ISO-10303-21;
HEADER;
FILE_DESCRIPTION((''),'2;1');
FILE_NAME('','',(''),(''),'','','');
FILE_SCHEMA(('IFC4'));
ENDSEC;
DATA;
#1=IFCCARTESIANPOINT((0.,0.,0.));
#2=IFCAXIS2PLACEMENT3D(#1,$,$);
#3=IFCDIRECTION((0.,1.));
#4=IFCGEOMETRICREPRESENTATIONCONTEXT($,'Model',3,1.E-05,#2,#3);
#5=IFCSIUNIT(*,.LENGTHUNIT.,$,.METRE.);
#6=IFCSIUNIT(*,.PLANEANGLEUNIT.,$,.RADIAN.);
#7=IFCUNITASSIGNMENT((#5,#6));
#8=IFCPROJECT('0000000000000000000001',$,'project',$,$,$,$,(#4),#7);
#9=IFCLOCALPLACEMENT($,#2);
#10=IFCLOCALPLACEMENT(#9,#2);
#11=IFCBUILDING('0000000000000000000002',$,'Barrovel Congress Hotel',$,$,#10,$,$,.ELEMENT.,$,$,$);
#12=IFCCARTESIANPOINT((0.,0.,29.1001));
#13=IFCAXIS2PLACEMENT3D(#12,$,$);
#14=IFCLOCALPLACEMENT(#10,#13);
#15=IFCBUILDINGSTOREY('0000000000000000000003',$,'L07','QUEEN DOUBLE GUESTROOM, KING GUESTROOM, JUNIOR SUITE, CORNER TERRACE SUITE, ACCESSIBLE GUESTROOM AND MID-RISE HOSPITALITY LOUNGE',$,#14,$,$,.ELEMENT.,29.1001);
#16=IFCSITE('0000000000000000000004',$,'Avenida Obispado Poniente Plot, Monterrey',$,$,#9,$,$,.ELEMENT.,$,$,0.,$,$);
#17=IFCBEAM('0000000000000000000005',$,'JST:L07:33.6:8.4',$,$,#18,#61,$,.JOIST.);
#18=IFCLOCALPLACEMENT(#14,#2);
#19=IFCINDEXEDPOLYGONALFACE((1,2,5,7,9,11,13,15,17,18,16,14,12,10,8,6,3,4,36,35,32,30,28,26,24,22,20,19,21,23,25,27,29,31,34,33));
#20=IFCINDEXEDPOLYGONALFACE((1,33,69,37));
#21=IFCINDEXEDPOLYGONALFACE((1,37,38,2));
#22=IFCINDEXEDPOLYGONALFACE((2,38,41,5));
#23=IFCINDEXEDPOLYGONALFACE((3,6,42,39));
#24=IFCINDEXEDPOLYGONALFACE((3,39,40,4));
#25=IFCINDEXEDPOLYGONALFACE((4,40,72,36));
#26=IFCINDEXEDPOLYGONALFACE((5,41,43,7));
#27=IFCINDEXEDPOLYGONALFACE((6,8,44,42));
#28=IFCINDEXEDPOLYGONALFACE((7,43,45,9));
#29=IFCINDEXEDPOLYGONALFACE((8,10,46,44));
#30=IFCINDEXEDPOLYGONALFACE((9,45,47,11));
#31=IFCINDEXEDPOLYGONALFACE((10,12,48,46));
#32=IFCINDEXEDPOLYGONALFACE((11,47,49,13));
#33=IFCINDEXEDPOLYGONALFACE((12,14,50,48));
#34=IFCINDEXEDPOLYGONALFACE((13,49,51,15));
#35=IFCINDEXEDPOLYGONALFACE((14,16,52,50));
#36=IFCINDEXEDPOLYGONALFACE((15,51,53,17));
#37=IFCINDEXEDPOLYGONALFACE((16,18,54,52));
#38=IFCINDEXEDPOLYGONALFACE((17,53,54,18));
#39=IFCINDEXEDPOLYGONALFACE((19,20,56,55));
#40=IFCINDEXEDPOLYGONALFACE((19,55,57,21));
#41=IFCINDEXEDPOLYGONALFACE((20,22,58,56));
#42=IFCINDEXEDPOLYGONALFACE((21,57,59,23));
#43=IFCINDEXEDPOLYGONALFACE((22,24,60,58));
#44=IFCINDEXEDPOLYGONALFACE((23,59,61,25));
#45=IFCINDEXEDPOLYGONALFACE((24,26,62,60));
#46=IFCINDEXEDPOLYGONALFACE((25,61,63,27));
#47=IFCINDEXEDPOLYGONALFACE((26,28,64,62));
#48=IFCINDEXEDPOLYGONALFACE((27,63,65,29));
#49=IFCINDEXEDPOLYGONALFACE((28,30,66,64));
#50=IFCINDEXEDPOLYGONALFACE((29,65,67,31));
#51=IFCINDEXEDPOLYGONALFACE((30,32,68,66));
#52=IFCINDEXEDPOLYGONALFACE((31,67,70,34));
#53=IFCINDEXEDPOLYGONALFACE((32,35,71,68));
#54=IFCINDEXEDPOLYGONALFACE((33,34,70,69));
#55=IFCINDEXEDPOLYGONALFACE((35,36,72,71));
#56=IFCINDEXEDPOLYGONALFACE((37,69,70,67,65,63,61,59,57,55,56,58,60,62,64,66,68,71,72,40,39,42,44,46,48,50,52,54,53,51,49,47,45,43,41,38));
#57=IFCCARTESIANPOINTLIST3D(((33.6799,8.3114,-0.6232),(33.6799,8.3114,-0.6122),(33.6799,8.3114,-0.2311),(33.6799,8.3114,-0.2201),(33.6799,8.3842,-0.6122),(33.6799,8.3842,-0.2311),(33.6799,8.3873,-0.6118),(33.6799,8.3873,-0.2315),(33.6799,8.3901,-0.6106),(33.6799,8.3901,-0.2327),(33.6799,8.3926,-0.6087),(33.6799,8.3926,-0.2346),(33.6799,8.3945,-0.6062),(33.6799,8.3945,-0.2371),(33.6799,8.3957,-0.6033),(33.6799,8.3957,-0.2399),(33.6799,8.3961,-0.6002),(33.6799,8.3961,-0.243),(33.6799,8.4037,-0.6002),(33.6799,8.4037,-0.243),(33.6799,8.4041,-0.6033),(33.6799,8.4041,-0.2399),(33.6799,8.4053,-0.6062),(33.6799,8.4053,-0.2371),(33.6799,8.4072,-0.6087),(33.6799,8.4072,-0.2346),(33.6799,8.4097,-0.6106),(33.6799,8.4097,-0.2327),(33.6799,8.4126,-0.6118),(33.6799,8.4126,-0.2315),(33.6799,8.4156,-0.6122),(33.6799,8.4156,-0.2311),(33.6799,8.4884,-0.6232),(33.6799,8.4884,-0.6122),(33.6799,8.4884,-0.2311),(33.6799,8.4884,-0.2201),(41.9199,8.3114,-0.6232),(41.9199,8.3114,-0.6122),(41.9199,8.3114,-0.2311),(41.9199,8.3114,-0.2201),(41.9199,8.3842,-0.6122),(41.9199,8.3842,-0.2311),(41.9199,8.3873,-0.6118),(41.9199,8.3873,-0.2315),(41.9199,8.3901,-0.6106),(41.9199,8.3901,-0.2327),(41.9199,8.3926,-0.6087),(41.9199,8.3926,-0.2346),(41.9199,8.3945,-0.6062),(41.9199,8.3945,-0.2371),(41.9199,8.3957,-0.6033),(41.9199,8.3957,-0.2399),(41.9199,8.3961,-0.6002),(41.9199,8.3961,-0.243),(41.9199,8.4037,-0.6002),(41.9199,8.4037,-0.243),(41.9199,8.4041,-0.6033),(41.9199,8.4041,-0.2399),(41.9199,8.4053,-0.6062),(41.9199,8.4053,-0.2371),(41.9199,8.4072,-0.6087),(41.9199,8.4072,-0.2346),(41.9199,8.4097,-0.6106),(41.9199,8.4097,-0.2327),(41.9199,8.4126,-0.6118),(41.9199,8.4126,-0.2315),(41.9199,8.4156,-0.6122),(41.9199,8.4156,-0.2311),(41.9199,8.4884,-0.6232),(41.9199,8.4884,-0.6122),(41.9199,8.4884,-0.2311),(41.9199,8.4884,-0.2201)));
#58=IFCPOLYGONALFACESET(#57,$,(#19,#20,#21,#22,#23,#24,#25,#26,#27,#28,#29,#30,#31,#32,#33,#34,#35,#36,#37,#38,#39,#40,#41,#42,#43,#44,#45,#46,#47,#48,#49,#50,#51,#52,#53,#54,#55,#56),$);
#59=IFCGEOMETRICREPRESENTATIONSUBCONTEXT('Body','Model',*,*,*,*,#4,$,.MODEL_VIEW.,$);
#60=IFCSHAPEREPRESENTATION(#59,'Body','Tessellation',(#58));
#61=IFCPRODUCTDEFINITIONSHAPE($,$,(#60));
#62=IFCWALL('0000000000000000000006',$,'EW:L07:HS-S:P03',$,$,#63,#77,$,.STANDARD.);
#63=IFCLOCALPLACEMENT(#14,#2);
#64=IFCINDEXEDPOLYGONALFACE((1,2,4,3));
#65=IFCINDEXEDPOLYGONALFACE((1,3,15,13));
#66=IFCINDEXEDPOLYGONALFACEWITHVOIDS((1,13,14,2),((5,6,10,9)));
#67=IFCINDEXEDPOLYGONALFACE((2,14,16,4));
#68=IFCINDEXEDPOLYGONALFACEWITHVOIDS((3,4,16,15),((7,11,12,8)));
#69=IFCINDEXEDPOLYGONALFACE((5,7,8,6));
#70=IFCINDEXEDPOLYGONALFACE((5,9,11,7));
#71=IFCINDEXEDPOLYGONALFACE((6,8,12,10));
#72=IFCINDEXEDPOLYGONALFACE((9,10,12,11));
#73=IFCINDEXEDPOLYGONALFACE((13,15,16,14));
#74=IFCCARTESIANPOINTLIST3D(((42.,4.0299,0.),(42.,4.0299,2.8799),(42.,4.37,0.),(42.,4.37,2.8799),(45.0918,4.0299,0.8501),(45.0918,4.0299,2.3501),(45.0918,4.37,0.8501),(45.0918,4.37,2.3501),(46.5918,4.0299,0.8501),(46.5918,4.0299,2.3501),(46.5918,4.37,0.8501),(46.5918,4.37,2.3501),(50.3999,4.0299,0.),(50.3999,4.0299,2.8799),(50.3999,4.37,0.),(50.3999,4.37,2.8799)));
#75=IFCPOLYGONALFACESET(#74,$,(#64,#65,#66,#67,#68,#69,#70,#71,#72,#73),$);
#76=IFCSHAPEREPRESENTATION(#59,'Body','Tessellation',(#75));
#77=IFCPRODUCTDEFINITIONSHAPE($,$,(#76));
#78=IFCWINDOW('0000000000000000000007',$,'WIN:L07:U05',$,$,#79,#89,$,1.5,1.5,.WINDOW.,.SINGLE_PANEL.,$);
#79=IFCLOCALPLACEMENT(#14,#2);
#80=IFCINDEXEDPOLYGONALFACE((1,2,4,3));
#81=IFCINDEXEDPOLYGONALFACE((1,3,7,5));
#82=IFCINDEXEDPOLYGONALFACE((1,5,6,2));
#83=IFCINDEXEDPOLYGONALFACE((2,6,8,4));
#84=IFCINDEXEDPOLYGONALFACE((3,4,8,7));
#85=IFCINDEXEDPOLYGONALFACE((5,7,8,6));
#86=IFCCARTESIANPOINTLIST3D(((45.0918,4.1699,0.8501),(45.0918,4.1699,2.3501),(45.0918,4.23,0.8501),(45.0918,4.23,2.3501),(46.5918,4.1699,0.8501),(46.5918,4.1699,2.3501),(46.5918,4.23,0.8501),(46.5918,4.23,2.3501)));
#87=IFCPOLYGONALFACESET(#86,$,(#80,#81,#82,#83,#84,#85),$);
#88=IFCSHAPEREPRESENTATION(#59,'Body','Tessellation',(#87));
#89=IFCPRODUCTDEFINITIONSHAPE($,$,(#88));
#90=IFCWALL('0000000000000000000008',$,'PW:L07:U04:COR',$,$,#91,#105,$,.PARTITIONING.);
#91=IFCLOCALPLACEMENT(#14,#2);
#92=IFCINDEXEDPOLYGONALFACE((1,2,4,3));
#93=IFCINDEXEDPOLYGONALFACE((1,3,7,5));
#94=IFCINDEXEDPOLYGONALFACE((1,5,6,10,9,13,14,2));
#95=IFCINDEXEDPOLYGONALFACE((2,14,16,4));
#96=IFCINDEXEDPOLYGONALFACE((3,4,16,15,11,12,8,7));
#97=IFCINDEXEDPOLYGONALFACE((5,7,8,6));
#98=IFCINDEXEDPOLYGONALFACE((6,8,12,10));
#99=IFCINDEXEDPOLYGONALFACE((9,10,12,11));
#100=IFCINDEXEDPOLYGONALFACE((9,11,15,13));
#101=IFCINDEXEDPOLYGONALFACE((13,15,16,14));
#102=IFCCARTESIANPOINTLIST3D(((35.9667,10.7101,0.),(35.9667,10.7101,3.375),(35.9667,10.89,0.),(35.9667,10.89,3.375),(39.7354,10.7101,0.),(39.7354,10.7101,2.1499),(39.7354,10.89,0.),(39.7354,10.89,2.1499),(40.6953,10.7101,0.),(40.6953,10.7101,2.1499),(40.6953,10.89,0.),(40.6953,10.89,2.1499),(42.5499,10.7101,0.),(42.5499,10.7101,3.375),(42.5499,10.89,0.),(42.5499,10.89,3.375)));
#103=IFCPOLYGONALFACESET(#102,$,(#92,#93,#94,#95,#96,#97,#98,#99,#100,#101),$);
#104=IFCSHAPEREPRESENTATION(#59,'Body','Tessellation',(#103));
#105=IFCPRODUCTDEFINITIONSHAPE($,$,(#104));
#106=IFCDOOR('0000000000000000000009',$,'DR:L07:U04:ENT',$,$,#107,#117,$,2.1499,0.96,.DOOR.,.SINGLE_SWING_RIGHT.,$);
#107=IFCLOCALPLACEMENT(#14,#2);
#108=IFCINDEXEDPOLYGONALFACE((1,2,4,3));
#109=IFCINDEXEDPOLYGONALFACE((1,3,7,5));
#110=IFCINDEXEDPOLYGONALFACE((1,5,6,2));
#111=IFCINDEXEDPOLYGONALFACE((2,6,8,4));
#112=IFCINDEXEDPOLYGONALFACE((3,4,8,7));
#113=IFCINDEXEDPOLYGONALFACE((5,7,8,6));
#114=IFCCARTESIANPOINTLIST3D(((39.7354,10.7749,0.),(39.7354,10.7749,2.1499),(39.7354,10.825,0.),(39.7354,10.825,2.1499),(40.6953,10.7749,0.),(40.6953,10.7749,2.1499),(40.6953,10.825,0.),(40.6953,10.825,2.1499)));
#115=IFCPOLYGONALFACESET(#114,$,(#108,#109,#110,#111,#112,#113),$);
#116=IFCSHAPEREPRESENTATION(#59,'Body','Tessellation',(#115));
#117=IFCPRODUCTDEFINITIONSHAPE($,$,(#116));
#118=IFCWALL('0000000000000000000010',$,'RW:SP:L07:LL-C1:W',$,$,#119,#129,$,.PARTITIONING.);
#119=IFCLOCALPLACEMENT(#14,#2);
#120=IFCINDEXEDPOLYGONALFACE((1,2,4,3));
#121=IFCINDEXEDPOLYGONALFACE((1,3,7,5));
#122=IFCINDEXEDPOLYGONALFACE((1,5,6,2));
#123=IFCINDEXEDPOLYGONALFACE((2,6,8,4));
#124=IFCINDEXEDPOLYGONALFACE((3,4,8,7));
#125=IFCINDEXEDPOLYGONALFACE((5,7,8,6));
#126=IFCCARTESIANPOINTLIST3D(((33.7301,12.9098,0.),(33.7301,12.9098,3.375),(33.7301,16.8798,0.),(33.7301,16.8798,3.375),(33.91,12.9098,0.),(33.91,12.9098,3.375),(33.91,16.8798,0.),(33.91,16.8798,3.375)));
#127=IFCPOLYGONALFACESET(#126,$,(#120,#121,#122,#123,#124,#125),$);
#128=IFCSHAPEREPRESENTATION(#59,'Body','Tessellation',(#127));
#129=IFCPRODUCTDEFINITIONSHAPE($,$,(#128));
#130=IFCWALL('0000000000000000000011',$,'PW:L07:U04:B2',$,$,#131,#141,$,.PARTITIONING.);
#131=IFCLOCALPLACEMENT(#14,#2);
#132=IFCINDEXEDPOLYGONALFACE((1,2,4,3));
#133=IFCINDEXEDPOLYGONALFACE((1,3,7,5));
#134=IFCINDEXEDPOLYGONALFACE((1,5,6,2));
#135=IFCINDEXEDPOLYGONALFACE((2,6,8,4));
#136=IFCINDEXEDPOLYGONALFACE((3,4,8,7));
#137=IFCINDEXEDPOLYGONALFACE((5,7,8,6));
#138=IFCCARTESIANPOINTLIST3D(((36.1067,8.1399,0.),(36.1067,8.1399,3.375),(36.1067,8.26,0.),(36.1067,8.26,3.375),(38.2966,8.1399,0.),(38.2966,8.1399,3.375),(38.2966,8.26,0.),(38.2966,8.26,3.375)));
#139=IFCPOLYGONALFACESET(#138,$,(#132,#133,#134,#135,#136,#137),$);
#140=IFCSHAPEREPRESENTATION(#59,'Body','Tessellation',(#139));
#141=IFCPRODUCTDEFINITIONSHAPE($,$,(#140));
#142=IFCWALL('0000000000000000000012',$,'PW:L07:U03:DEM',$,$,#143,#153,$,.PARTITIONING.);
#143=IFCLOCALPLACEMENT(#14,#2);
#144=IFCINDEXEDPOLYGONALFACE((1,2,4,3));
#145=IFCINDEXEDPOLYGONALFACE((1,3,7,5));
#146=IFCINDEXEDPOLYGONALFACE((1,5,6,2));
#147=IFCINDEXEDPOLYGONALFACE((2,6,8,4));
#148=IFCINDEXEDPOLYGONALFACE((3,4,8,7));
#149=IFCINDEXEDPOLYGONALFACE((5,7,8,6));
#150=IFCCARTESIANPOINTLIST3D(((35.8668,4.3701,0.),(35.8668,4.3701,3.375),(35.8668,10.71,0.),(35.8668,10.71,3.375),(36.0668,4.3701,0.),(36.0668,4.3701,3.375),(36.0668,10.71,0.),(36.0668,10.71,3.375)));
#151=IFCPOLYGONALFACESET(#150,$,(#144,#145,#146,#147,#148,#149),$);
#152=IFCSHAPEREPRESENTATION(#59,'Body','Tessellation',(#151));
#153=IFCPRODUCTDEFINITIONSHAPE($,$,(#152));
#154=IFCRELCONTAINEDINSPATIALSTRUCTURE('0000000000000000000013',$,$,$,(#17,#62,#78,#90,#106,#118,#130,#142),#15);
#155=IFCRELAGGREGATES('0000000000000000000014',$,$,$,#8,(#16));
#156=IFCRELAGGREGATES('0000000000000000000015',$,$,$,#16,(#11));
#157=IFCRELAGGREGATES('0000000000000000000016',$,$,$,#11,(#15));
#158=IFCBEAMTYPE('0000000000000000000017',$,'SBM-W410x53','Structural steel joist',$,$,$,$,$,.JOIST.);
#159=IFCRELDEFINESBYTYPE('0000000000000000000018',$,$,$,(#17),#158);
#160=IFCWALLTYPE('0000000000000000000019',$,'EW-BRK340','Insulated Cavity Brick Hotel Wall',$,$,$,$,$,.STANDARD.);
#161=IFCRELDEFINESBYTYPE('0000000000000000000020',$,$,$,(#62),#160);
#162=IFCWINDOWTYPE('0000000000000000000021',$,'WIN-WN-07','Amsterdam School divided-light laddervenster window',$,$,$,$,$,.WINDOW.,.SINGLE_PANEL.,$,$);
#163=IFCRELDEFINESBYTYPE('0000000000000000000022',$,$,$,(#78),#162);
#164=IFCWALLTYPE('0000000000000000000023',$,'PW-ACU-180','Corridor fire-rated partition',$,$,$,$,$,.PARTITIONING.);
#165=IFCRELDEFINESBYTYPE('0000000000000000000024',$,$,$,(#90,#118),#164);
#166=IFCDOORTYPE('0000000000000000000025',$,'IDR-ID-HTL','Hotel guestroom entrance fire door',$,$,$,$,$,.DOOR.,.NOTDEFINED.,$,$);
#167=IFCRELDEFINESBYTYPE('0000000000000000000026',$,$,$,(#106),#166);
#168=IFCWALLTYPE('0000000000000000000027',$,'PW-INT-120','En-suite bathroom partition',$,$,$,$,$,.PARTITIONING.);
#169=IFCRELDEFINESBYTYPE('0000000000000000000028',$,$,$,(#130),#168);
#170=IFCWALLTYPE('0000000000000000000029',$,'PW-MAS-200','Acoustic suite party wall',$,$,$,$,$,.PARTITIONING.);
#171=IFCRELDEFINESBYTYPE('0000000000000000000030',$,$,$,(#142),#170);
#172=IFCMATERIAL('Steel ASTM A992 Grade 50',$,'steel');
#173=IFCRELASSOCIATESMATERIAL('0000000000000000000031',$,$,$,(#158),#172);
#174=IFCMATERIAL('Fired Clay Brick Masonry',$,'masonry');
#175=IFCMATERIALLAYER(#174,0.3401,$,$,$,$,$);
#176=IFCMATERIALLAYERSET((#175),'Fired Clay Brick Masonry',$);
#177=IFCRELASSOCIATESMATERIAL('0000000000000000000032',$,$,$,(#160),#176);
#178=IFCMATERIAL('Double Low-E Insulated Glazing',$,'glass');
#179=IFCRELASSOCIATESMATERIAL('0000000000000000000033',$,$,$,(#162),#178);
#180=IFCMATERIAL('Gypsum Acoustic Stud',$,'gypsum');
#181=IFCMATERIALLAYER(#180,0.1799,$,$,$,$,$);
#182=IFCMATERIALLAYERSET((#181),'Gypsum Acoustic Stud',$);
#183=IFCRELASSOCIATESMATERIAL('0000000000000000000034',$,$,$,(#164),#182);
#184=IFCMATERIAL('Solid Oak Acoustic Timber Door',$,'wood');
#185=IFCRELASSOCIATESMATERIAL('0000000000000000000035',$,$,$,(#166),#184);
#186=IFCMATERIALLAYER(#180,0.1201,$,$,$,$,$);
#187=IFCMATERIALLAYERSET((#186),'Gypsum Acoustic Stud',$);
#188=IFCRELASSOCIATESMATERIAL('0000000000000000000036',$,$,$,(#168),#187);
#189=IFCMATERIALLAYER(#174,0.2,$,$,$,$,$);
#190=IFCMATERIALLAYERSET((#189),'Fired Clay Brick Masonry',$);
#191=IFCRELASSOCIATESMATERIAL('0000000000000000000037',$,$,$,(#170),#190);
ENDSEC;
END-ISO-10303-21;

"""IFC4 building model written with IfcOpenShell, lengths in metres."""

from ifc_helpers import new_model, si_unit, direction, frame, frame_2d, origin, origin_2d, place, context, subcontext, project, spatial, rectangle, i_section, extrude, material, layer, layer_set, material_profile, profile_set, type_object, element, fill, save


model = new_model("IFC4")

# Units and contexts
model_context = context("Model", 3, precision=1e-05, world=origin(), true_north=direction((0.0, 1.0)))
body_context = subcontext(model_context, "Body", "Model", "MODEL_VIEW")
ifc_project = project(units=[si_unit("LENGTHUNIT", "METRE"), si_unit("PLANEANGLEUNIT", "RADIAN")], contexts=[model_context])

# Site, building, storey
site_placement = place(None, origin())
site = spatial("IfcSite", under=ifc_project, at=site_placement, Name="Avenida Obispado Poniente Plot, Monterrey", CompositionType="ELEMENT", RefElevation=0.0)
building_placement = place(site_placement, origin())
building = spatial("IfcBuilding", under=site, at=building_placement, Name="Barrovel Congress Hotel", CompositionType="ELEMENT")
storey_placement = place(building_placement, frame((0.0, 0.0, 29.1001)))
storey = spatial("IfcBuildingStorey", under=building, at=storey_placement, Name="L07", Description="QUEEN DOUBLE GUESTROOM, KING GUESTROOM, JUNIOR SUITE, CORNER TERRACE SUITE, ACCESSIBLE GUESTROOM AND MID-RISE HOSPITALITY LOUNGE", CompositionType="ELEMENT", Elevation=29.1001)

# Beam
ifc_material_1 = material(Name="Steel ASTM A992 Grade 50", Category="steel")
ifc_material_profile_1 = material_profile(ifc_material_1, i_section(OverallWidth=0.177, OverallDepth=0.4031, WebThickness=0.0076, FlangeThickness=0.011, FilletRadius=0.012, at=origin_2d()), Name="W410x53")
ifc_profile_set_1 = profile_set([ifc_material_profile_1], Name="Steel ASTM A992 Grade 50")
beam_type_1 = type_object("IfcBeamType", Name="SBM-W410x53", Description="Structural steel joist", PredefinedType="JOIST", material=ifc_profile_set_1)
beam_1_placement = place(storey_placement, frame((33.6799, 8.3999, -0.4216), z_axis=(1.0, 0.0, 0.0), x_axis=(0.0, 1.0, 0.0)))
element("IfcBeam", 1, at=beam_1_placement, inside=storey, type_object=beam_type_1, Name="JST:L07:33.6:8.4", PredefinedType="JOIST", context=body_context, shape_type="SweptSolid", body=[
    extrude(i_section(OverallWidth=0.177, OverallDepth=0.4031, WebThickness=0.0076, FlangeThickness=0.011, FilletRadius=0.012, at=origin_2d()), origin(), (0.0, 0.0, 1.0), 8.24),
])

# Wall, opening, window
ifc_material_2 = material(Name="Fired Clay Brick Masonry", Category="masonry")
ifc_layer_1 = layer(ifc_material_2, 0.3401)
ifc_layer_set_1 = layer_set([ifc_layer_1], Name="Fired Clay Brick Masonry")
wall_type_1 = type_object("IfcWallType", Name="EW-BRK340", Description="Insulated Cavity Brick Hotel Wall", PredefinedType="STANDARD", material=ifc_layer_set_1)
wall_1_placement = place(storey_placement, frame((42.0, 4.2, 0.0), z_axis=(0.0, 0.0, 1.0), x_axis=(1.0, 0.0, 0.0)))
wall_1 = element("IfcWall", 2, at=wall_1_placement, inside=storey, type_object=wall_type_1, Name="EW:L07:HS-S:P03", PredefinedType="STANDARD", context=body_context, shape_type="SweptSolid", body=[
    extrude(rectangle(XDim=8.3999, YDim=0.3401, at=frame_2d((4.2, 0.0))), origin(), (0.0, 0.0, 1.0), 2.8799),
])
opening_1_placement = place(wall_1_placement, frame((3.0918, 0.0, 0.8501)))
opening_1 = element("IfcOpeningElement", 3, at=opening_1_placement, cuts=wall_1, PredefinedType="OPENING", context=body_context, shape_type="SweptSolid", body=[
    extrude(rectangle(XDim=1.5, YDim=1.5, at=frame_2d((0.75, 0.75))), frame((0.0, 0.1802, 0.0), z_axis=(0.0, -1.0, 0.0), x_axis=(1.0, 0.0, 0.0)), (0.0, 0.0, 1.0), 0.3601),
])
ifc_material_3 = material(Name="Double Low-E Insulated Glazing", Category="glass")
window_type = type_object("IfcWindowType", Name="WIN-WN-07", Description="Amsterdam School divided-light laddervenster window", PartitioningType="SINGLE_PANEL", PredefinedType="WINDOW", material=ifc_material_3)
window_placement = place(opening_1_placement, origin())
window = element("IfcWindow", 4, at=window_placement, inside=storey, type_object=window_type, Name="WIN:L07:U05", OverallHeight=1.5, OverallWidth=1.5, PartitioningType="SINGLE_PANEL", PredefinedType="WINDOW", context=body_context, shape_type="SweptSolid", body=[
    extrude(rectangle(XDim=1.5, YDim=1.5, at=frame_2d((0.75, 0.75))), frame((0.0, 0.03, 0.0), z_axis=(0.0, -1.0, 0.0), x_axis=(1.0, 0.0, 0.0)), (0.0, 0.0, 1.0), 0.0601),
])
fill(opening_1, window)

# Wall, opening, door
ifc_material_4 = material(Name="Gypsum Acoustic Stud", Category="gypsum")
ifc_layer_2 = layer(ifc_material_4, 0.1799)
ifc_layer_set_2 = layer_set([ifc_layer_2], Name="Gypsum Acoustic Stud")
wall_type_2 = type_object("IfcWallType", Name="PW-ACU-180", Description="Corridor fire-rated partition", PredefinedType="PARTITIONING", material=ifc_layer_set_2)
wall_2_placement = place(storey_placement, frame((35.9668, 10.8, 0.0), z_axis=(0.0, 0.0, 1.0), x_axis=(1.0, 0.0, 0.0)))
wall_2 = element("IfcWall", 5, at=wall_2_placement, inside=storey, type_object=wall_type_2, Name="PW:L07:U04:COR", PredefinedType="PARTITIONING", context=body_context, shape_type="SweptSolid", body=[
    extrude(rectangle(XDim=6.5833, YDim=0.1799, at=frame_2d((3.2915, 0.0))), origin(), (0.0, 0.0, 1.0), 3.375),
])
opening_2_placement = place(wall_2_placement, frame((3.7686, 0.0, 0.0)))
opening_2 = element("IfcOpeningElement", 6, at=opening_2_placement, cuts=wall_2, PredefinedType="OPENING", context=body_context, shape_type="SweptSolid", body=[
    extrude(rectangle(XDim=0.96, YDim=2.1499, at=frame_2d((0.48, 1.075))), frame((0.0, 0.1001, 0.0), z_axis=(0.0, -1.0, 0.0), x_axis=(1.0, 0.0, 0.0)), (0.0, 0.0, 1.0), 0.2),
])
ifc_material_5 = material(Name="Solid Oak Acoustic Timber Door", Category="wood")
door_type_1 = type_object("IfcDoorType", Name="IDR-ID-HTL", Description="Hotel guestroom entrance fire door", OperationType="NOTDEFINED", PredefinedType="DOOR", material=ifc_material_5)
door_1_placement = place(opening_2_placement, origin())
door_1 = element("IfcDoor", 7, at=door_1_placement, inside=storey, type_object=door_type_1, Name="DR:L07:U04:ENT", OperationType="SINGLE_SWING_RIGHT", OverallHeight=2.1499, OverallWidth=0.96, PredefinedType="DOOR", context=body_context, shape_type="SweptSolid", body=[
    extrude(rectangle(XDim=0.96, YDim=2.1499, at=frame_2d((0.48, 1.075))), frame((0.0, 0.0249, 0.0), z_axis=(0.0, -1.0, 0.0), x_axis=(1.0, 0.0, 0.0)), (0.0, 0.0, 1.0), 0.05),
])
fill(opening_2, door_1)

# Wall
wall_3_placement = place(storey_placement, frame((33.8201, 12.9099, 0.0), z_axis=(0.0, 0.0, 1.0), x_axis=(0.0, 1.0, 0.0)))
element("IfcWall", 8, at=wall_3_placement, inside=storey, type_object=wall_type_2, Name="RW:SP:L07:LL-C1:W", PredefinedType="PARTITIONING", context=body_context, shape_type="SweptSolid", body=[
    extrude(rectangle(XDim=3.97, YDim=0.1799, at=frame_2d((1.9849, 0.0))), origin(), (0.0, 0.0, 1.0), 3.375),
])

# Walls
ifc_layer_3 = layer(ifc_material_4, 0.1201)
ifc_layer_set_3 = layer_set([ifc_layer_3], Name="Gypsum Acoustic Stud")
wall_type_3 = type_object("IfcWallType", Name="PW-INT-120", Description="En-suite bathroom partition", PredefinedType="PARTITIONING", material=ifc_layer_set_3)
wall_4_placement = place(storey_placement, frame((36.1067, 8.2, 0.0), z_axis=(0.0, 0.0, 1.0), x_axis=(1.0, 0.0, 0.0)))
element("IfcWall", 9, at=wall_4_placement, inside=storey, type_object=wall_type_3, Name="PW:L07:U04:B2", PredefinedType="PARTITIONING", context=body_context, shape_type="SweptSolid", body=[
    extrude(rectangle(XDim=2.1899, YDim=0.1201, at=frame_2d((1.095, 0.0))), origin(), (0.0, 0.0, 1.0), 3.375),
])
ifc_layer_4 = layer(ifc_material_2, 0.2)
ifc_layer_set_4 = layer_set([ifc_layer_4], Name="Fired Clay Brick Masonry")
wall_type_4 = type_object("IfcWallType", Name="PW-MAS-200", Description="Acoustic suite party wall", PredefinedType="PARTITIONING", material=ifc_layer_set_4)
wall_5_placement = place(storey_placement, frame((35.9668, 4.3701, 0.0), z_axis=(0.0, 0.0, 1.0), x_axis=(0.0, 1.0, 0.0)))
element("IfcWall", 10, at=wall_5_placement, inside=storey, type_object=wall_type_4, Name="PW:L07:U03:DEM", PredefinedType="PARTITIONING", context=body_context, shape_type="SweptSolid", body=[
    extrude(rectangle(XDim=6.3398, YDim=0.2, at=frame_2d((3.1699, 0.0))), origin(), (0.0, 0.0, 1.0), 3.375),
])

save(model, "model.ifc")
